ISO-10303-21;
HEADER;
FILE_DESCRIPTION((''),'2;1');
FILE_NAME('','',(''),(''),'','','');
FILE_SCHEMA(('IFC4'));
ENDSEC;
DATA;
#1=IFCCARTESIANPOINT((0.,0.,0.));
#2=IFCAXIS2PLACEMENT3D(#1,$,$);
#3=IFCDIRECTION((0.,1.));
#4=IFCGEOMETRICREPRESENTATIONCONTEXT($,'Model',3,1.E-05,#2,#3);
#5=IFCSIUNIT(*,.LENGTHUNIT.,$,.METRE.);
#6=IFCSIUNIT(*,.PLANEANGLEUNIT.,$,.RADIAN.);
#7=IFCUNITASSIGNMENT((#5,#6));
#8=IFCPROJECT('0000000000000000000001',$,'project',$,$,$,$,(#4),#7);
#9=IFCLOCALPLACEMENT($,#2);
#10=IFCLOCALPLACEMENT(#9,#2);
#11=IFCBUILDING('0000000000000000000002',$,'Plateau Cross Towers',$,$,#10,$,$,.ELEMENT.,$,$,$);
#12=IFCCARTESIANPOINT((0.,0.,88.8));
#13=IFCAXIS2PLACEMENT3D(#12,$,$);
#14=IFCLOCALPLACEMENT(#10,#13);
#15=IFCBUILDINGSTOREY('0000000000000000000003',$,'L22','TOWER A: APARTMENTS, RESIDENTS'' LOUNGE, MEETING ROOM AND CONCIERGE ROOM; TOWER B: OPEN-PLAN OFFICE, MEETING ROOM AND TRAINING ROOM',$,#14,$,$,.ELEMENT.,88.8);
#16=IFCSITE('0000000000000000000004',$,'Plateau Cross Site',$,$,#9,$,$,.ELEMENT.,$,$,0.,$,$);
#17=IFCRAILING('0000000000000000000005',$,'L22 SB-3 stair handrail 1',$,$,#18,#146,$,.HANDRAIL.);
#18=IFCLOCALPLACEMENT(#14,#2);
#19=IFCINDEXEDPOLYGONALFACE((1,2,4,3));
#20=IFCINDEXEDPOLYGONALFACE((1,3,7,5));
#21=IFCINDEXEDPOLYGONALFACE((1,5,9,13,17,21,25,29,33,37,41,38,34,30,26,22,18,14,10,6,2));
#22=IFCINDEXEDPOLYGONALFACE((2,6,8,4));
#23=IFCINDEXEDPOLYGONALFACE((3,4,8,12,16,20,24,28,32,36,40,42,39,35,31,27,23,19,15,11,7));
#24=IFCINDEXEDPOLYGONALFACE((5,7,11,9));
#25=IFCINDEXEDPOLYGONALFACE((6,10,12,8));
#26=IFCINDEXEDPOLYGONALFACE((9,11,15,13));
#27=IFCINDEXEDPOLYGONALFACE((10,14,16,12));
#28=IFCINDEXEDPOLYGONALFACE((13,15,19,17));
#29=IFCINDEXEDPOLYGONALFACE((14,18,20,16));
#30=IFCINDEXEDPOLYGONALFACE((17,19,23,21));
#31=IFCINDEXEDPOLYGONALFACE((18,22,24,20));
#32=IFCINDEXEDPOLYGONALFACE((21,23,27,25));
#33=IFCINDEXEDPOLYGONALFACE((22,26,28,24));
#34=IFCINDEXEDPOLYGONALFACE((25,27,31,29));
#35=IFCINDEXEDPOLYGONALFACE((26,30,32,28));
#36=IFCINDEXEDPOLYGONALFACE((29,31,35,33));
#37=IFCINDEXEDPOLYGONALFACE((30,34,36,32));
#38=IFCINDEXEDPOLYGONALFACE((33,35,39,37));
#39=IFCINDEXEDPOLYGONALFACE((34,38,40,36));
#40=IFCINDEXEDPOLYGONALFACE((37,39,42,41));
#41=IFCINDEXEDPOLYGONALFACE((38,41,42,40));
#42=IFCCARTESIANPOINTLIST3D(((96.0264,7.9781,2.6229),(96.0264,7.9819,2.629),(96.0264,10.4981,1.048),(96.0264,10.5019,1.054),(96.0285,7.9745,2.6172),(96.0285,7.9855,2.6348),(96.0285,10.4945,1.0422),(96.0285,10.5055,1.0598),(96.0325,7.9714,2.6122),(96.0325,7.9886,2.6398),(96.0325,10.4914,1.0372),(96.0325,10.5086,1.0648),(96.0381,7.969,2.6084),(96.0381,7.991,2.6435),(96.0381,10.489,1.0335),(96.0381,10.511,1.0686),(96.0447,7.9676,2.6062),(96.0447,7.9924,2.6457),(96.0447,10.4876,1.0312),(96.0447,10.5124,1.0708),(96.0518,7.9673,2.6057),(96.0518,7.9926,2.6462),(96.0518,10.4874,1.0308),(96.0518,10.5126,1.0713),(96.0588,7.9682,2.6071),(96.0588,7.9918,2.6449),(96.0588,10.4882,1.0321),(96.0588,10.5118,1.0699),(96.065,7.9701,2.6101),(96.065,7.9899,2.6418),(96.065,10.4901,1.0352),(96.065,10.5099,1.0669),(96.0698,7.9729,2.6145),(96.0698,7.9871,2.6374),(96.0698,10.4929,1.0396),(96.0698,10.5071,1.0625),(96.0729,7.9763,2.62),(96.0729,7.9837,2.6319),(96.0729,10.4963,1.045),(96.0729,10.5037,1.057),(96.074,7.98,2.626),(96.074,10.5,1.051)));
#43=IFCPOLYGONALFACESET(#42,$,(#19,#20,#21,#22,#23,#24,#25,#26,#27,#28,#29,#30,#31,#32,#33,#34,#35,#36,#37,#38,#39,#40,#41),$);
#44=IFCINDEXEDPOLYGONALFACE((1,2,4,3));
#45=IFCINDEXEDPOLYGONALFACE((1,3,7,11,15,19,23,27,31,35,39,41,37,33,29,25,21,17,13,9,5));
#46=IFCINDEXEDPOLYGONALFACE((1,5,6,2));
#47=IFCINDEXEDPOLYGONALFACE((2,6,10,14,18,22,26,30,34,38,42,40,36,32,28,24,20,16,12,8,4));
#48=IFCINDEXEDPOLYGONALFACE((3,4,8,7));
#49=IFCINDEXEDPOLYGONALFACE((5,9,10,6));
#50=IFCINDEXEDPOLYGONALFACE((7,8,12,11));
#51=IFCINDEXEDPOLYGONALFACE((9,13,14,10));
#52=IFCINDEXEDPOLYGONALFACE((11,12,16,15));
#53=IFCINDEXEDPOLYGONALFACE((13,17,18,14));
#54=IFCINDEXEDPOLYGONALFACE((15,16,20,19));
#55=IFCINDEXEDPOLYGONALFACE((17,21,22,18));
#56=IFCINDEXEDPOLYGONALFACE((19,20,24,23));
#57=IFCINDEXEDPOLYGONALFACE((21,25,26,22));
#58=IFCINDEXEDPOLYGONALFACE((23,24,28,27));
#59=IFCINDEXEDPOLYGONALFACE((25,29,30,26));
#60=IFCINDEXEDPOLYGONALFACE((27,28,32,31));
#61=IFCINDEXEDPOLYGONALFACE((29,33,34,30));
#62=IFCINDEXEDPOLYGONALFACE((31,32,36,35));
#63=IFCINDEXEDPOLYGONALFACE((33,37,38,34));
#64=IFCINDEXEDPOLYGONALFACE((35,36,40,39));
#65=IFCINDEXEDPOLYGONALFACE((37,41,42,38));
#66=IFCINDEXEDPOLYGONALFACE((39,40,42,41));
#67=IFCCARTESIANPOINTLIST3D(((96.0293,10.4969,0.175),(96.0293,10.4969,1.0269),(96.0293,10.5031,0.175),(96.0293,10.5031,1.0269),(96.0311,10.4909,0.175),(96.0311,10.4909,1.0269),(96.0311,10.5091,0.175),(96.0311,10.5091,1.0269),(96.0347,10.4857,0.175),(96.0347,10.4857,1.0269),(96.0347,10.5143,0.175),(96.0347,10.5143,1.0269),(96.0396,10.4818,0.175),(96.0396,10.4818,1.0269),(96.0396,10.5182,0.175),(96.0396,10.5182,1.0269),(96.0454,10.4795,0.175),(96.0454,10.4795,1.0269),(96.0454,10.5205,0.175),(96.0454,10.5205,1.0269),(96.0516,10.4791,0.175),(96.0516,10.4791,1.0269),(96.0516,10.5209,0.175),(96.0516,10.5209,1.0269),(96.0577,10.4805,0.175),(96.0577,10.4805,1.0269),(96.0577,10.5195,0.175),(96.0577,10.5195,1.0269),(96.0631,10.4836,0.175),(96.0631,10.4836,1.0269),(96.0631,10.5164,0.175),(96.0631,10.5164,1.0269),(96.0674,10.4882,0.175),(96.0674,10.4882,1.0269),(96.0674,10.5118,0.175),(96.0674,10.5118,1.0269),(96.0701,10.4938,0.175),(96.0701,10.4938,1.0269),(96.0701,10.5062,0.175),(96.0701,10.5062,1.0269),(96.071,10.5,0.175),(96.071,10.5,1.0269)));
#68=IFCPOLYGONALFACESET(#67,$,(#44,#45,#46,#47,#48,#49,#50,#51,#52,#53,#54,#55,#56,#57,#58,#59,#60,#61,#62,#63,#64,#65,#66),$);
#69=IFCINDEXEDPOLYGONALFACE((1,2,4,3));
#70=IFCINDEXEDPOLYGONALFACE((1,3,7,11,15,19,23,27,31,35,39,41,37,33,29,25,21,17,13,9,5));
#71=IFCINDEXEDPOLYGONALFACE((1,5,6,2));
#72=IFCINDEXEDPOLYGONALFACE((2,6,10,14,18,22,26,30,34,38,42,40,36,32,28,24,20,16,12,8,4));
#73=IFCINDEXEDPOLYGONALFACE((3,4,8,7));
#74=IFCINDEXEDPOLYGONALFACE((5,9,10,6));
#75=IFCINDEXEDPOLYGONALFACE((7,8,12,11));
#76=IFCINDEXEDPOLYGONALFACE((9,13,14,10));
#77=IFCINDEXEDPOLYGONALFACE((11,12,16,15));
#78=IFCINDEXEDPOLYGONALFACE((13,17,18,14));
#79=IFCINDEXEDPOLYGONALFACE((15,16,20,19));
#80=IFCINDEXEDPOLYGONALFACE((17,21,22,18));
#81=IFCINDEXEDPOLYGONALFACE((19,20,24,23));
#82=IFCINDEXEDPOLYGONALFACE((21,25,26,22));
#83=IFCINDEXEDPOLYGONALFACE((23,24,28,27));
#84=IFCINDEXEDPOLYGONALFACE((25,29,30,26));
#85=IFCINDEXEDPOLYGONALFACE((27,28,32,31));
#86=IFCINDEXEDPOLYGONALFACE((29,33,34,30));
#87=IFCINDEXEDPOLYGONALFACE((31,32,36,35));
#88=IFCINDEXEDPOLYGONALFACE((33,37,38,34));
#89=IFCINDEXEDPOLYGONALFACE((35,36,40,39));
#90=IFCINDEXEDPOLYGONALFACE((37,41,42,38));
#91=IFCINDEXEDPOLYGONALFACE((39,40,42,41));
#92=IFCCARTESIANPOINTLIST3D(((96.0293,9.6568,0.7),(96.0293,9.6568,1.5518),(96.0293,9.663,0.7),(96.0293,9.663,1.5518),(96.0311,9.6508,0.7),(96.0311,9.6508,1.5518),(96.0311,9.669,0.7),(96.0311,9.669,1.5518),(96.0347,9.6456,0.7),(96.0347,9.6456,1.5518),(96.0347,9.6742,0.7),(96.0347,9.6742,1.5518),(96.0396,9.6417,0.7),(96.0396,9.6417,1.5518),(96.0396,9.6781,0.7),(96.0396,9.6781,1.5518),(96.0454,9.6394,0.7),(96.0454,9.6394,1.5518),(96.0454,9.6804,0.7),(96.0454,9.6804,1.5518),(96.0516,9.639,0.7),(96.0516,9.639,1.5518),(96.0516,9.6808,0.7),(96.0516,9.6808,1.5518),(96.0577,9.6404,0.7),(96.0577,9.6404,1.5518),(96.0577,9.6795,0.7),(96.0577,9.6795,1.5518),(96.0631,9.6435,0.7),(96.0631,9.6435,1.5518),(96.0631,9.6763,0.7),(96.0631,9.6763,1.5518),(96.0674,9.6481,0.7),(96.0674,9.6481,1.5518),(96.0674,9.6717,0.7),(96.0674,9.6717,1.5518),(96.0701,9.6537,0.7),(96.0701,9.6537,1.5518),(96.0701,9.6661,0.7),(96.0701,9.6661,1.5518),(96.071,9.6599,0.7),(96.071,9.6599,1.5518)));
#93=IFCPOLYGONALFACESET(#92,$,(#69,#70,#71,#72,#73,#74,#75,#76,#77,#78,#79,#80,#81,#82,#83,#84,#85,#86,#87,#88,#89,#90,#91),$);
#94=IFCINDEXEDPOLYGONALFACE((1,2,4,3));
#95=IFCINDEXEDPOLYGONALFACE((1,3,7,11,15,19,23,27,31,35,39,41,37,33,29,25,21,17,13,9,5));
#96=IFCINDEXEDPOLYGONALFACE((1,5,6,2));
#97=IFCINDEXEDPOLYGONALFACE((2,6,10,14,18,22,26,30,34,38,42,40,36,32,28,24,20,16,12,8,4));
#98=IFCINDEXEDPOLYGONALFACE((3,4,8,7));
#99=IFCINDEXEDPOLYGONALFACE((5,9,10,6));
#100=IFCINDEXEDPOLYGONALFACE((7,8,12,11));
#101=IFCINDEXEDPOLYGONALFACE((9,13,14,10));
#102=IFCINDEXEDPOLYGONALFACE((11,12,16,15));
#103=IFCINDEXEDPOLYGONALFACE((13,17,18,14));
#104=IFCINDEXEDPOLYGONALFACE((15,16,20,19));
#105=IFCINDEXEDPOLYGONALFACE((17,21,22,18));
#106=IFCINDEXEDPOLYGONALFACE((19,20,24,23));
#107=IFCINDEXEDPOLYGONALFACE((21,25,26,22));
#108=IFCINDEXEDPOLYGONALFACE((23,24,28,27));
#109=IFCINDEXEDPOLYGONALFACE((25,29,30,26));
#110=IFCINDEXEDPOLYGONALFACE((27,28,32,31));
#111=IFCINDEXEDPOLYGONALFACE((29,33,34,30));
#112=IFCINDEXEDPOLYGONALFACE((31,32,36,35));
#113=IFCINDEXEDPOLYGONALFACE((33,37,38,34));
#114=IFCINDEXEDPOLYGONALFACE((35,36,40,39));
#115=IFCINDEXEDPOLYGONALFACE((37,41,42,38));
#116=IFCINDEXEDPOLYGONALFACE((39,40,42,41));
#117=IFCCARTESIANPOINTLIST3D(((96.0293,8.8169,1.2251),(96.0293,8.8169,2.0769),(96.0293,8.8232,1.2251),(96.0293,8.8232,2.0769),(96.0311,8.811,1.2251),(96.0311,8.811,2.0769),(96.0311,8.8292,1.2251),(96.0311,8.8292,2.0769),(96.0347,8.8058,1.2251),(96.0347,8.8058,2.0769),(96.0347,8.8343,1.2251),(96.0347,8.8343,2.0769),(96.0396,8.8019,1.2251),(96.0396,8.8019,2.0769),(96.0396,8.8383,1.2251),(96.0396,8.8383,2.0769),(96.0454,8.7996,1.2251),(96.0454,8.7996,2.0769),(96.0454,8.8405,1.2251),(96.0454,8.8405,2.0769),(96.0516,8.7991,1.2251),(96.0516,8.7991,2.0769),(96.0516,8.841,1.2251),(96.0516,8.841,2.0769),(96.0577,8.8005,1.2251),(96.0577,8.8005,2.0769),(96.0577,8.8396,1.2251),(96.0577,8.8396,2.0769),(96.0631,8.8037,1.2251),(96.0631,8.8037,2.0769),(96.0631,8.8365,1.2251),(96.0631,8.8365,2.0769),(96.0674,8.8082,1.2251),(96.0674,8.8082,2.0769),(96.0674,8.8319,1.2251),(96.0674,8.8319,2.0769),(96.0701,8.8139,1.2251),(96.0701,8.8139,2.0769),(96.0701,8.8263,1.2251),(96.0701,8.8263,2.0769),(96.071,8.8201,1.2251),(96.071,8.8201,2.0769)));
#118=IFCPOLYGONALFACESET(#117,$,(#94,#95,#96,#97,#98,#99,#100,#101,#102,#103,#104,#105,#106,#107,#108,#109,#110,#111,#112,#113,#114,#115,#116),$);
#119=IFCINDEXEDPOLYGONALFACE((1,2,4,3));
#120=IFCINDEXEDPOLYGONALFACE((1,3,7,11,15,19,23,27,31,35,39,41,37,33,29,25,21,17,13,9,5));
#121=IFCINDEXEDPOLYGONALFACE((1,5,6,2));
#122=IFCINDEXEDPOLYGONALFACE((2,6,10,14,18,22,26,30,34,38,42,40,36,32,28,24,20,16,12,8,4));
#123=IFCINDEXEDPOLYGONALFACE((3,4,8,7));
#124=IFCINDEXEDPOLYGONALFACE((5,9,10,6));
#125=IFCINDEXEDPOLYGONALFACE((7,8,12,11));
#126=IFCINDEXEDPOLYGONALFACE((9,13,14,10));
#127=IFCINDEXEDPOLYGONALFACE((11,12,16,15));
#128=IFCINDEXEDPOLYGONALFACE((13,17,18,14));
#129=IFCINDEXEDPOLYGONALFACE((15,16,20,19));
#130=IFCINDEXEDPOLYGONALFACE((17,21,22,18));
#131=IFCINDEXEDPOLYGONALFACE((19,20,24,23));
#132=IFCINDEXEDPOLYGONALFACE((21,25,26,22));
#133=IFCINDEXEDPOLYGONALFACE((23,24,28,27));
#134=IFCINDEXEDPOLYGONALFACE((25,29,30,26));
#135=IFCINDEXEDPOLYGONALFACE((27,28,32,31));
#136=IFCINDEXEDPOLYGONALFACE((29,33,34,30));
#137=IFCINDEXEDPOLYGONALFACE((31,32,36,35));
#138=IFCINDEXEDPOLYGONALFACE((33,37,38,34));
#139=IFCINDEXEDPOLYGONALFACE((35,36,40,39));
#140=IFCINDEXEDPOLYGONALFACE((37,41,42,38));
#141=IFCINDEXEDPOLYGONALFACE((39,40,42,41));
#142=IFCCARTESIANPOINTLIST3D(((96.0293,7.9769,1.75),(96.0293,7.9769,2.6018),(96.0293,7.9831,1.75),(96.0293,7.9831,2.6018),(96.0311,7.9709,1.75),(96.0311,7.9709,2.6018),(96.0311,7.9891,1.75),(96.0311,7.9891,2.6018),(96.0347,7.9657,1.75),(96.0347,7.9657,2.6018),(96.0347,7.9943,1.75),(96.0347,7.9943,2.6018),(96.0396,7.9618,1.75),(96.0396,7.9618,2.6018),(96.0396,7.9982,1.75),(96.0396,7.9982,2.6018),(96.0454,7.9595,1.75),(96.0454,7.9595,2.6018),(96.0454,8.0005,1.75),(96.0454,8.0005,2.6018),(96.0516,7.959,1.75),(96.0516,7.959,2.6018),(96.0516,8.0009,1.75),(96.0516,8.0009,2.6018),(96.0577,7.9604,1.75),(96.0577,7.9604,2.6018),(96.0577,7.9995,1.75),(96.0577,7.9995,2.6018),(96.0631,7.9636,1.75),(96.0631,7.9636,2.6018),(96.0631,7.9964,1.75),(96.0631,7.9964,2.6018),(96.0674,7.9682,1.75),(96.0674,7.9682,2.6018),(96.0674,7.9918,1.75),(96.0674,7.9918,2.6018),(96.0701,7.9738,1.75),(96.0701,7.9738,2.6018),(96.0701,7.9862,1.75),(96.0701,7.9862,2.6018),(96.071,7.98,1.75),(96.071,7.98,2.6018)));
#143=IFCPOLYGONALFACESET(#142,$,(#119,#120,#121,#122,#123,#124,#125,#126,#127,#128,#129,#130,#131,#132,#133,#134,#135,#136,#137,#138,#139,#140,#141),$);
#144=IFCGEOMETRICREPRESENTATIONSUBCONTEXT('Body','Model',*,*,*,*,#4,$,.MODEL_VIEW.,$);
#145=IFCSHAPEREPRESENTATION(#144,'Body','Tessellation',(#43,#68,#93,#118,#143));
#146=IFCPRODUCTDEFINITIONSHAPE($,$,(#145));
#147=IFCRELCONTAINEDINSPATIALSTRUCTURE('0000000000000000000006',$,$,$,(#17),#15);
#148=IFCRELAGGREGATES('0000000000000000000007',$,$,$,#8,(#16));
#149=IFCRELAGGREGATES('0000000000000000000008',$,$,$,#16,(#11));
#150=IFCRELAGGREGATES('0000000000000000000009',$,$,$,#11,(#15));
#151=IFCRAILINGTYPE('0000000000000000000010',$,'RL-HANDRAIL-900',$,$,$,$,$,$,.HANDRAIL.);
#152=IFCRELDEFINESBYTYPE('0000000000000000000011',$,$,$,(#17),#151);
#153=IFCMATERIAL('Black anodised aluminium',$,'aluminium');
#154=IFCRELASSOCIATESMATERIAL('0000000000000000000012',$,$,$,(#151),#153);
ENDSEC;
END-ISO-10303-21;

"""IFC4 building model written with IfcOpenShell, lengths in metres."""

from ifc_helpers import new_model, si_unit, direction, frame, origin, origin_2d, place, context, subcontext, project, spatial, circle, extrude, material, type_object, element, save


model = new_model("IFC4")

# Units and contexts
model_context = context("Model", 3, precision=1e-05, world=origin(), true_north=direction((0.0, 1.0)))
body_context = subcontext(model_context, "Body", "Model", "MODEL_VIEW")
ifc_project = project(units=[si_unit("LENGTHUNIT", "METRE"), si_unit("PLANEANGLEUNIT", "RADIAN")], contexts=[model_context])

# Site, building, storey
site_placement = place(None, origin())
site = spatial("IfcSite", under=ifc_project, at=site_placement, Name="Plateau Cross Site", CompositionType="ELEMENT", RefElevation=0.0)
building_placement = place(site_placement, origin())
building = spatial("IfcBuilding", under=site, at=building_placement, Name="Plateau Cross Towers", CompositionType="ELEMENT")
storey_placement = place(building_placement, frame((0.0, 0.0, 88.8)))
storey = spatial("IfcBuildingStorey", under=building, at=storey_placement, Name="L22", Description="TOWER A: APARTMENTS, RESIDENTS' LOUNGE, MEETING ROOM AND CONCIERGE ROOM; TOWER B: OPEN-PLAN OFFICE, MEETING ROOM AND TRAINING ROOM", CompositionType="ELEMENT", Elevation=88.8)

# Shared definitions
ifc_material_1 = material(Name="Black anodised aluminium", Category="aluminium")

# Railing
railing_type_1 = type_object("IfcRailingType", Name="RL-HANDRAIL-900", PredefinedType="HANDRAIL", material=ifc_material_1)
railing_1_placement = place(storey_placement, frame((96.05, 10.5, 0.175)))
element("IfcRailing", 1, at=railing_1_placement, inside=storey, type_object=railing_type_1, Name="L22 SB-3 stair handrail 1", PredefinedType="HANDRAIL", context=body_context, shape_type="SweptSolid", body=[
    extrude(circle(Radius=0.0239, at=origin_2d()), frame((0.0, 0.0, 0.876), z_axis=(0.0, -0.848008, 0.529984), x_axis=(1.0, 0.0, 0.0)), (0.0, 0.0, 1.0), 2.9717),
    extrude(circle(Radius=0.021, at=origin_2d()), origin(), (0.0, 0.0, 1.0), 0.8518),
    extrude(circle(Radius=0.021, at=origin_2d()), frame((0.0, -0.8401, 0.5249)), (0.0, 0.0, 1.0), 0.8518),
    extrude(circle(Radius=0.021, at=origin_2d()), frame((0.0, -1.6799, 1.05)), (0.0, 0.0, 1.0), 0.8518),
    extrude(circle(Radius=0.021, at=origin_2d()), frame((0.0, -2.52, 1.575)), (0.0, 0.0, 1.0), 0.8518),
])

save(model, "model.ifc")
